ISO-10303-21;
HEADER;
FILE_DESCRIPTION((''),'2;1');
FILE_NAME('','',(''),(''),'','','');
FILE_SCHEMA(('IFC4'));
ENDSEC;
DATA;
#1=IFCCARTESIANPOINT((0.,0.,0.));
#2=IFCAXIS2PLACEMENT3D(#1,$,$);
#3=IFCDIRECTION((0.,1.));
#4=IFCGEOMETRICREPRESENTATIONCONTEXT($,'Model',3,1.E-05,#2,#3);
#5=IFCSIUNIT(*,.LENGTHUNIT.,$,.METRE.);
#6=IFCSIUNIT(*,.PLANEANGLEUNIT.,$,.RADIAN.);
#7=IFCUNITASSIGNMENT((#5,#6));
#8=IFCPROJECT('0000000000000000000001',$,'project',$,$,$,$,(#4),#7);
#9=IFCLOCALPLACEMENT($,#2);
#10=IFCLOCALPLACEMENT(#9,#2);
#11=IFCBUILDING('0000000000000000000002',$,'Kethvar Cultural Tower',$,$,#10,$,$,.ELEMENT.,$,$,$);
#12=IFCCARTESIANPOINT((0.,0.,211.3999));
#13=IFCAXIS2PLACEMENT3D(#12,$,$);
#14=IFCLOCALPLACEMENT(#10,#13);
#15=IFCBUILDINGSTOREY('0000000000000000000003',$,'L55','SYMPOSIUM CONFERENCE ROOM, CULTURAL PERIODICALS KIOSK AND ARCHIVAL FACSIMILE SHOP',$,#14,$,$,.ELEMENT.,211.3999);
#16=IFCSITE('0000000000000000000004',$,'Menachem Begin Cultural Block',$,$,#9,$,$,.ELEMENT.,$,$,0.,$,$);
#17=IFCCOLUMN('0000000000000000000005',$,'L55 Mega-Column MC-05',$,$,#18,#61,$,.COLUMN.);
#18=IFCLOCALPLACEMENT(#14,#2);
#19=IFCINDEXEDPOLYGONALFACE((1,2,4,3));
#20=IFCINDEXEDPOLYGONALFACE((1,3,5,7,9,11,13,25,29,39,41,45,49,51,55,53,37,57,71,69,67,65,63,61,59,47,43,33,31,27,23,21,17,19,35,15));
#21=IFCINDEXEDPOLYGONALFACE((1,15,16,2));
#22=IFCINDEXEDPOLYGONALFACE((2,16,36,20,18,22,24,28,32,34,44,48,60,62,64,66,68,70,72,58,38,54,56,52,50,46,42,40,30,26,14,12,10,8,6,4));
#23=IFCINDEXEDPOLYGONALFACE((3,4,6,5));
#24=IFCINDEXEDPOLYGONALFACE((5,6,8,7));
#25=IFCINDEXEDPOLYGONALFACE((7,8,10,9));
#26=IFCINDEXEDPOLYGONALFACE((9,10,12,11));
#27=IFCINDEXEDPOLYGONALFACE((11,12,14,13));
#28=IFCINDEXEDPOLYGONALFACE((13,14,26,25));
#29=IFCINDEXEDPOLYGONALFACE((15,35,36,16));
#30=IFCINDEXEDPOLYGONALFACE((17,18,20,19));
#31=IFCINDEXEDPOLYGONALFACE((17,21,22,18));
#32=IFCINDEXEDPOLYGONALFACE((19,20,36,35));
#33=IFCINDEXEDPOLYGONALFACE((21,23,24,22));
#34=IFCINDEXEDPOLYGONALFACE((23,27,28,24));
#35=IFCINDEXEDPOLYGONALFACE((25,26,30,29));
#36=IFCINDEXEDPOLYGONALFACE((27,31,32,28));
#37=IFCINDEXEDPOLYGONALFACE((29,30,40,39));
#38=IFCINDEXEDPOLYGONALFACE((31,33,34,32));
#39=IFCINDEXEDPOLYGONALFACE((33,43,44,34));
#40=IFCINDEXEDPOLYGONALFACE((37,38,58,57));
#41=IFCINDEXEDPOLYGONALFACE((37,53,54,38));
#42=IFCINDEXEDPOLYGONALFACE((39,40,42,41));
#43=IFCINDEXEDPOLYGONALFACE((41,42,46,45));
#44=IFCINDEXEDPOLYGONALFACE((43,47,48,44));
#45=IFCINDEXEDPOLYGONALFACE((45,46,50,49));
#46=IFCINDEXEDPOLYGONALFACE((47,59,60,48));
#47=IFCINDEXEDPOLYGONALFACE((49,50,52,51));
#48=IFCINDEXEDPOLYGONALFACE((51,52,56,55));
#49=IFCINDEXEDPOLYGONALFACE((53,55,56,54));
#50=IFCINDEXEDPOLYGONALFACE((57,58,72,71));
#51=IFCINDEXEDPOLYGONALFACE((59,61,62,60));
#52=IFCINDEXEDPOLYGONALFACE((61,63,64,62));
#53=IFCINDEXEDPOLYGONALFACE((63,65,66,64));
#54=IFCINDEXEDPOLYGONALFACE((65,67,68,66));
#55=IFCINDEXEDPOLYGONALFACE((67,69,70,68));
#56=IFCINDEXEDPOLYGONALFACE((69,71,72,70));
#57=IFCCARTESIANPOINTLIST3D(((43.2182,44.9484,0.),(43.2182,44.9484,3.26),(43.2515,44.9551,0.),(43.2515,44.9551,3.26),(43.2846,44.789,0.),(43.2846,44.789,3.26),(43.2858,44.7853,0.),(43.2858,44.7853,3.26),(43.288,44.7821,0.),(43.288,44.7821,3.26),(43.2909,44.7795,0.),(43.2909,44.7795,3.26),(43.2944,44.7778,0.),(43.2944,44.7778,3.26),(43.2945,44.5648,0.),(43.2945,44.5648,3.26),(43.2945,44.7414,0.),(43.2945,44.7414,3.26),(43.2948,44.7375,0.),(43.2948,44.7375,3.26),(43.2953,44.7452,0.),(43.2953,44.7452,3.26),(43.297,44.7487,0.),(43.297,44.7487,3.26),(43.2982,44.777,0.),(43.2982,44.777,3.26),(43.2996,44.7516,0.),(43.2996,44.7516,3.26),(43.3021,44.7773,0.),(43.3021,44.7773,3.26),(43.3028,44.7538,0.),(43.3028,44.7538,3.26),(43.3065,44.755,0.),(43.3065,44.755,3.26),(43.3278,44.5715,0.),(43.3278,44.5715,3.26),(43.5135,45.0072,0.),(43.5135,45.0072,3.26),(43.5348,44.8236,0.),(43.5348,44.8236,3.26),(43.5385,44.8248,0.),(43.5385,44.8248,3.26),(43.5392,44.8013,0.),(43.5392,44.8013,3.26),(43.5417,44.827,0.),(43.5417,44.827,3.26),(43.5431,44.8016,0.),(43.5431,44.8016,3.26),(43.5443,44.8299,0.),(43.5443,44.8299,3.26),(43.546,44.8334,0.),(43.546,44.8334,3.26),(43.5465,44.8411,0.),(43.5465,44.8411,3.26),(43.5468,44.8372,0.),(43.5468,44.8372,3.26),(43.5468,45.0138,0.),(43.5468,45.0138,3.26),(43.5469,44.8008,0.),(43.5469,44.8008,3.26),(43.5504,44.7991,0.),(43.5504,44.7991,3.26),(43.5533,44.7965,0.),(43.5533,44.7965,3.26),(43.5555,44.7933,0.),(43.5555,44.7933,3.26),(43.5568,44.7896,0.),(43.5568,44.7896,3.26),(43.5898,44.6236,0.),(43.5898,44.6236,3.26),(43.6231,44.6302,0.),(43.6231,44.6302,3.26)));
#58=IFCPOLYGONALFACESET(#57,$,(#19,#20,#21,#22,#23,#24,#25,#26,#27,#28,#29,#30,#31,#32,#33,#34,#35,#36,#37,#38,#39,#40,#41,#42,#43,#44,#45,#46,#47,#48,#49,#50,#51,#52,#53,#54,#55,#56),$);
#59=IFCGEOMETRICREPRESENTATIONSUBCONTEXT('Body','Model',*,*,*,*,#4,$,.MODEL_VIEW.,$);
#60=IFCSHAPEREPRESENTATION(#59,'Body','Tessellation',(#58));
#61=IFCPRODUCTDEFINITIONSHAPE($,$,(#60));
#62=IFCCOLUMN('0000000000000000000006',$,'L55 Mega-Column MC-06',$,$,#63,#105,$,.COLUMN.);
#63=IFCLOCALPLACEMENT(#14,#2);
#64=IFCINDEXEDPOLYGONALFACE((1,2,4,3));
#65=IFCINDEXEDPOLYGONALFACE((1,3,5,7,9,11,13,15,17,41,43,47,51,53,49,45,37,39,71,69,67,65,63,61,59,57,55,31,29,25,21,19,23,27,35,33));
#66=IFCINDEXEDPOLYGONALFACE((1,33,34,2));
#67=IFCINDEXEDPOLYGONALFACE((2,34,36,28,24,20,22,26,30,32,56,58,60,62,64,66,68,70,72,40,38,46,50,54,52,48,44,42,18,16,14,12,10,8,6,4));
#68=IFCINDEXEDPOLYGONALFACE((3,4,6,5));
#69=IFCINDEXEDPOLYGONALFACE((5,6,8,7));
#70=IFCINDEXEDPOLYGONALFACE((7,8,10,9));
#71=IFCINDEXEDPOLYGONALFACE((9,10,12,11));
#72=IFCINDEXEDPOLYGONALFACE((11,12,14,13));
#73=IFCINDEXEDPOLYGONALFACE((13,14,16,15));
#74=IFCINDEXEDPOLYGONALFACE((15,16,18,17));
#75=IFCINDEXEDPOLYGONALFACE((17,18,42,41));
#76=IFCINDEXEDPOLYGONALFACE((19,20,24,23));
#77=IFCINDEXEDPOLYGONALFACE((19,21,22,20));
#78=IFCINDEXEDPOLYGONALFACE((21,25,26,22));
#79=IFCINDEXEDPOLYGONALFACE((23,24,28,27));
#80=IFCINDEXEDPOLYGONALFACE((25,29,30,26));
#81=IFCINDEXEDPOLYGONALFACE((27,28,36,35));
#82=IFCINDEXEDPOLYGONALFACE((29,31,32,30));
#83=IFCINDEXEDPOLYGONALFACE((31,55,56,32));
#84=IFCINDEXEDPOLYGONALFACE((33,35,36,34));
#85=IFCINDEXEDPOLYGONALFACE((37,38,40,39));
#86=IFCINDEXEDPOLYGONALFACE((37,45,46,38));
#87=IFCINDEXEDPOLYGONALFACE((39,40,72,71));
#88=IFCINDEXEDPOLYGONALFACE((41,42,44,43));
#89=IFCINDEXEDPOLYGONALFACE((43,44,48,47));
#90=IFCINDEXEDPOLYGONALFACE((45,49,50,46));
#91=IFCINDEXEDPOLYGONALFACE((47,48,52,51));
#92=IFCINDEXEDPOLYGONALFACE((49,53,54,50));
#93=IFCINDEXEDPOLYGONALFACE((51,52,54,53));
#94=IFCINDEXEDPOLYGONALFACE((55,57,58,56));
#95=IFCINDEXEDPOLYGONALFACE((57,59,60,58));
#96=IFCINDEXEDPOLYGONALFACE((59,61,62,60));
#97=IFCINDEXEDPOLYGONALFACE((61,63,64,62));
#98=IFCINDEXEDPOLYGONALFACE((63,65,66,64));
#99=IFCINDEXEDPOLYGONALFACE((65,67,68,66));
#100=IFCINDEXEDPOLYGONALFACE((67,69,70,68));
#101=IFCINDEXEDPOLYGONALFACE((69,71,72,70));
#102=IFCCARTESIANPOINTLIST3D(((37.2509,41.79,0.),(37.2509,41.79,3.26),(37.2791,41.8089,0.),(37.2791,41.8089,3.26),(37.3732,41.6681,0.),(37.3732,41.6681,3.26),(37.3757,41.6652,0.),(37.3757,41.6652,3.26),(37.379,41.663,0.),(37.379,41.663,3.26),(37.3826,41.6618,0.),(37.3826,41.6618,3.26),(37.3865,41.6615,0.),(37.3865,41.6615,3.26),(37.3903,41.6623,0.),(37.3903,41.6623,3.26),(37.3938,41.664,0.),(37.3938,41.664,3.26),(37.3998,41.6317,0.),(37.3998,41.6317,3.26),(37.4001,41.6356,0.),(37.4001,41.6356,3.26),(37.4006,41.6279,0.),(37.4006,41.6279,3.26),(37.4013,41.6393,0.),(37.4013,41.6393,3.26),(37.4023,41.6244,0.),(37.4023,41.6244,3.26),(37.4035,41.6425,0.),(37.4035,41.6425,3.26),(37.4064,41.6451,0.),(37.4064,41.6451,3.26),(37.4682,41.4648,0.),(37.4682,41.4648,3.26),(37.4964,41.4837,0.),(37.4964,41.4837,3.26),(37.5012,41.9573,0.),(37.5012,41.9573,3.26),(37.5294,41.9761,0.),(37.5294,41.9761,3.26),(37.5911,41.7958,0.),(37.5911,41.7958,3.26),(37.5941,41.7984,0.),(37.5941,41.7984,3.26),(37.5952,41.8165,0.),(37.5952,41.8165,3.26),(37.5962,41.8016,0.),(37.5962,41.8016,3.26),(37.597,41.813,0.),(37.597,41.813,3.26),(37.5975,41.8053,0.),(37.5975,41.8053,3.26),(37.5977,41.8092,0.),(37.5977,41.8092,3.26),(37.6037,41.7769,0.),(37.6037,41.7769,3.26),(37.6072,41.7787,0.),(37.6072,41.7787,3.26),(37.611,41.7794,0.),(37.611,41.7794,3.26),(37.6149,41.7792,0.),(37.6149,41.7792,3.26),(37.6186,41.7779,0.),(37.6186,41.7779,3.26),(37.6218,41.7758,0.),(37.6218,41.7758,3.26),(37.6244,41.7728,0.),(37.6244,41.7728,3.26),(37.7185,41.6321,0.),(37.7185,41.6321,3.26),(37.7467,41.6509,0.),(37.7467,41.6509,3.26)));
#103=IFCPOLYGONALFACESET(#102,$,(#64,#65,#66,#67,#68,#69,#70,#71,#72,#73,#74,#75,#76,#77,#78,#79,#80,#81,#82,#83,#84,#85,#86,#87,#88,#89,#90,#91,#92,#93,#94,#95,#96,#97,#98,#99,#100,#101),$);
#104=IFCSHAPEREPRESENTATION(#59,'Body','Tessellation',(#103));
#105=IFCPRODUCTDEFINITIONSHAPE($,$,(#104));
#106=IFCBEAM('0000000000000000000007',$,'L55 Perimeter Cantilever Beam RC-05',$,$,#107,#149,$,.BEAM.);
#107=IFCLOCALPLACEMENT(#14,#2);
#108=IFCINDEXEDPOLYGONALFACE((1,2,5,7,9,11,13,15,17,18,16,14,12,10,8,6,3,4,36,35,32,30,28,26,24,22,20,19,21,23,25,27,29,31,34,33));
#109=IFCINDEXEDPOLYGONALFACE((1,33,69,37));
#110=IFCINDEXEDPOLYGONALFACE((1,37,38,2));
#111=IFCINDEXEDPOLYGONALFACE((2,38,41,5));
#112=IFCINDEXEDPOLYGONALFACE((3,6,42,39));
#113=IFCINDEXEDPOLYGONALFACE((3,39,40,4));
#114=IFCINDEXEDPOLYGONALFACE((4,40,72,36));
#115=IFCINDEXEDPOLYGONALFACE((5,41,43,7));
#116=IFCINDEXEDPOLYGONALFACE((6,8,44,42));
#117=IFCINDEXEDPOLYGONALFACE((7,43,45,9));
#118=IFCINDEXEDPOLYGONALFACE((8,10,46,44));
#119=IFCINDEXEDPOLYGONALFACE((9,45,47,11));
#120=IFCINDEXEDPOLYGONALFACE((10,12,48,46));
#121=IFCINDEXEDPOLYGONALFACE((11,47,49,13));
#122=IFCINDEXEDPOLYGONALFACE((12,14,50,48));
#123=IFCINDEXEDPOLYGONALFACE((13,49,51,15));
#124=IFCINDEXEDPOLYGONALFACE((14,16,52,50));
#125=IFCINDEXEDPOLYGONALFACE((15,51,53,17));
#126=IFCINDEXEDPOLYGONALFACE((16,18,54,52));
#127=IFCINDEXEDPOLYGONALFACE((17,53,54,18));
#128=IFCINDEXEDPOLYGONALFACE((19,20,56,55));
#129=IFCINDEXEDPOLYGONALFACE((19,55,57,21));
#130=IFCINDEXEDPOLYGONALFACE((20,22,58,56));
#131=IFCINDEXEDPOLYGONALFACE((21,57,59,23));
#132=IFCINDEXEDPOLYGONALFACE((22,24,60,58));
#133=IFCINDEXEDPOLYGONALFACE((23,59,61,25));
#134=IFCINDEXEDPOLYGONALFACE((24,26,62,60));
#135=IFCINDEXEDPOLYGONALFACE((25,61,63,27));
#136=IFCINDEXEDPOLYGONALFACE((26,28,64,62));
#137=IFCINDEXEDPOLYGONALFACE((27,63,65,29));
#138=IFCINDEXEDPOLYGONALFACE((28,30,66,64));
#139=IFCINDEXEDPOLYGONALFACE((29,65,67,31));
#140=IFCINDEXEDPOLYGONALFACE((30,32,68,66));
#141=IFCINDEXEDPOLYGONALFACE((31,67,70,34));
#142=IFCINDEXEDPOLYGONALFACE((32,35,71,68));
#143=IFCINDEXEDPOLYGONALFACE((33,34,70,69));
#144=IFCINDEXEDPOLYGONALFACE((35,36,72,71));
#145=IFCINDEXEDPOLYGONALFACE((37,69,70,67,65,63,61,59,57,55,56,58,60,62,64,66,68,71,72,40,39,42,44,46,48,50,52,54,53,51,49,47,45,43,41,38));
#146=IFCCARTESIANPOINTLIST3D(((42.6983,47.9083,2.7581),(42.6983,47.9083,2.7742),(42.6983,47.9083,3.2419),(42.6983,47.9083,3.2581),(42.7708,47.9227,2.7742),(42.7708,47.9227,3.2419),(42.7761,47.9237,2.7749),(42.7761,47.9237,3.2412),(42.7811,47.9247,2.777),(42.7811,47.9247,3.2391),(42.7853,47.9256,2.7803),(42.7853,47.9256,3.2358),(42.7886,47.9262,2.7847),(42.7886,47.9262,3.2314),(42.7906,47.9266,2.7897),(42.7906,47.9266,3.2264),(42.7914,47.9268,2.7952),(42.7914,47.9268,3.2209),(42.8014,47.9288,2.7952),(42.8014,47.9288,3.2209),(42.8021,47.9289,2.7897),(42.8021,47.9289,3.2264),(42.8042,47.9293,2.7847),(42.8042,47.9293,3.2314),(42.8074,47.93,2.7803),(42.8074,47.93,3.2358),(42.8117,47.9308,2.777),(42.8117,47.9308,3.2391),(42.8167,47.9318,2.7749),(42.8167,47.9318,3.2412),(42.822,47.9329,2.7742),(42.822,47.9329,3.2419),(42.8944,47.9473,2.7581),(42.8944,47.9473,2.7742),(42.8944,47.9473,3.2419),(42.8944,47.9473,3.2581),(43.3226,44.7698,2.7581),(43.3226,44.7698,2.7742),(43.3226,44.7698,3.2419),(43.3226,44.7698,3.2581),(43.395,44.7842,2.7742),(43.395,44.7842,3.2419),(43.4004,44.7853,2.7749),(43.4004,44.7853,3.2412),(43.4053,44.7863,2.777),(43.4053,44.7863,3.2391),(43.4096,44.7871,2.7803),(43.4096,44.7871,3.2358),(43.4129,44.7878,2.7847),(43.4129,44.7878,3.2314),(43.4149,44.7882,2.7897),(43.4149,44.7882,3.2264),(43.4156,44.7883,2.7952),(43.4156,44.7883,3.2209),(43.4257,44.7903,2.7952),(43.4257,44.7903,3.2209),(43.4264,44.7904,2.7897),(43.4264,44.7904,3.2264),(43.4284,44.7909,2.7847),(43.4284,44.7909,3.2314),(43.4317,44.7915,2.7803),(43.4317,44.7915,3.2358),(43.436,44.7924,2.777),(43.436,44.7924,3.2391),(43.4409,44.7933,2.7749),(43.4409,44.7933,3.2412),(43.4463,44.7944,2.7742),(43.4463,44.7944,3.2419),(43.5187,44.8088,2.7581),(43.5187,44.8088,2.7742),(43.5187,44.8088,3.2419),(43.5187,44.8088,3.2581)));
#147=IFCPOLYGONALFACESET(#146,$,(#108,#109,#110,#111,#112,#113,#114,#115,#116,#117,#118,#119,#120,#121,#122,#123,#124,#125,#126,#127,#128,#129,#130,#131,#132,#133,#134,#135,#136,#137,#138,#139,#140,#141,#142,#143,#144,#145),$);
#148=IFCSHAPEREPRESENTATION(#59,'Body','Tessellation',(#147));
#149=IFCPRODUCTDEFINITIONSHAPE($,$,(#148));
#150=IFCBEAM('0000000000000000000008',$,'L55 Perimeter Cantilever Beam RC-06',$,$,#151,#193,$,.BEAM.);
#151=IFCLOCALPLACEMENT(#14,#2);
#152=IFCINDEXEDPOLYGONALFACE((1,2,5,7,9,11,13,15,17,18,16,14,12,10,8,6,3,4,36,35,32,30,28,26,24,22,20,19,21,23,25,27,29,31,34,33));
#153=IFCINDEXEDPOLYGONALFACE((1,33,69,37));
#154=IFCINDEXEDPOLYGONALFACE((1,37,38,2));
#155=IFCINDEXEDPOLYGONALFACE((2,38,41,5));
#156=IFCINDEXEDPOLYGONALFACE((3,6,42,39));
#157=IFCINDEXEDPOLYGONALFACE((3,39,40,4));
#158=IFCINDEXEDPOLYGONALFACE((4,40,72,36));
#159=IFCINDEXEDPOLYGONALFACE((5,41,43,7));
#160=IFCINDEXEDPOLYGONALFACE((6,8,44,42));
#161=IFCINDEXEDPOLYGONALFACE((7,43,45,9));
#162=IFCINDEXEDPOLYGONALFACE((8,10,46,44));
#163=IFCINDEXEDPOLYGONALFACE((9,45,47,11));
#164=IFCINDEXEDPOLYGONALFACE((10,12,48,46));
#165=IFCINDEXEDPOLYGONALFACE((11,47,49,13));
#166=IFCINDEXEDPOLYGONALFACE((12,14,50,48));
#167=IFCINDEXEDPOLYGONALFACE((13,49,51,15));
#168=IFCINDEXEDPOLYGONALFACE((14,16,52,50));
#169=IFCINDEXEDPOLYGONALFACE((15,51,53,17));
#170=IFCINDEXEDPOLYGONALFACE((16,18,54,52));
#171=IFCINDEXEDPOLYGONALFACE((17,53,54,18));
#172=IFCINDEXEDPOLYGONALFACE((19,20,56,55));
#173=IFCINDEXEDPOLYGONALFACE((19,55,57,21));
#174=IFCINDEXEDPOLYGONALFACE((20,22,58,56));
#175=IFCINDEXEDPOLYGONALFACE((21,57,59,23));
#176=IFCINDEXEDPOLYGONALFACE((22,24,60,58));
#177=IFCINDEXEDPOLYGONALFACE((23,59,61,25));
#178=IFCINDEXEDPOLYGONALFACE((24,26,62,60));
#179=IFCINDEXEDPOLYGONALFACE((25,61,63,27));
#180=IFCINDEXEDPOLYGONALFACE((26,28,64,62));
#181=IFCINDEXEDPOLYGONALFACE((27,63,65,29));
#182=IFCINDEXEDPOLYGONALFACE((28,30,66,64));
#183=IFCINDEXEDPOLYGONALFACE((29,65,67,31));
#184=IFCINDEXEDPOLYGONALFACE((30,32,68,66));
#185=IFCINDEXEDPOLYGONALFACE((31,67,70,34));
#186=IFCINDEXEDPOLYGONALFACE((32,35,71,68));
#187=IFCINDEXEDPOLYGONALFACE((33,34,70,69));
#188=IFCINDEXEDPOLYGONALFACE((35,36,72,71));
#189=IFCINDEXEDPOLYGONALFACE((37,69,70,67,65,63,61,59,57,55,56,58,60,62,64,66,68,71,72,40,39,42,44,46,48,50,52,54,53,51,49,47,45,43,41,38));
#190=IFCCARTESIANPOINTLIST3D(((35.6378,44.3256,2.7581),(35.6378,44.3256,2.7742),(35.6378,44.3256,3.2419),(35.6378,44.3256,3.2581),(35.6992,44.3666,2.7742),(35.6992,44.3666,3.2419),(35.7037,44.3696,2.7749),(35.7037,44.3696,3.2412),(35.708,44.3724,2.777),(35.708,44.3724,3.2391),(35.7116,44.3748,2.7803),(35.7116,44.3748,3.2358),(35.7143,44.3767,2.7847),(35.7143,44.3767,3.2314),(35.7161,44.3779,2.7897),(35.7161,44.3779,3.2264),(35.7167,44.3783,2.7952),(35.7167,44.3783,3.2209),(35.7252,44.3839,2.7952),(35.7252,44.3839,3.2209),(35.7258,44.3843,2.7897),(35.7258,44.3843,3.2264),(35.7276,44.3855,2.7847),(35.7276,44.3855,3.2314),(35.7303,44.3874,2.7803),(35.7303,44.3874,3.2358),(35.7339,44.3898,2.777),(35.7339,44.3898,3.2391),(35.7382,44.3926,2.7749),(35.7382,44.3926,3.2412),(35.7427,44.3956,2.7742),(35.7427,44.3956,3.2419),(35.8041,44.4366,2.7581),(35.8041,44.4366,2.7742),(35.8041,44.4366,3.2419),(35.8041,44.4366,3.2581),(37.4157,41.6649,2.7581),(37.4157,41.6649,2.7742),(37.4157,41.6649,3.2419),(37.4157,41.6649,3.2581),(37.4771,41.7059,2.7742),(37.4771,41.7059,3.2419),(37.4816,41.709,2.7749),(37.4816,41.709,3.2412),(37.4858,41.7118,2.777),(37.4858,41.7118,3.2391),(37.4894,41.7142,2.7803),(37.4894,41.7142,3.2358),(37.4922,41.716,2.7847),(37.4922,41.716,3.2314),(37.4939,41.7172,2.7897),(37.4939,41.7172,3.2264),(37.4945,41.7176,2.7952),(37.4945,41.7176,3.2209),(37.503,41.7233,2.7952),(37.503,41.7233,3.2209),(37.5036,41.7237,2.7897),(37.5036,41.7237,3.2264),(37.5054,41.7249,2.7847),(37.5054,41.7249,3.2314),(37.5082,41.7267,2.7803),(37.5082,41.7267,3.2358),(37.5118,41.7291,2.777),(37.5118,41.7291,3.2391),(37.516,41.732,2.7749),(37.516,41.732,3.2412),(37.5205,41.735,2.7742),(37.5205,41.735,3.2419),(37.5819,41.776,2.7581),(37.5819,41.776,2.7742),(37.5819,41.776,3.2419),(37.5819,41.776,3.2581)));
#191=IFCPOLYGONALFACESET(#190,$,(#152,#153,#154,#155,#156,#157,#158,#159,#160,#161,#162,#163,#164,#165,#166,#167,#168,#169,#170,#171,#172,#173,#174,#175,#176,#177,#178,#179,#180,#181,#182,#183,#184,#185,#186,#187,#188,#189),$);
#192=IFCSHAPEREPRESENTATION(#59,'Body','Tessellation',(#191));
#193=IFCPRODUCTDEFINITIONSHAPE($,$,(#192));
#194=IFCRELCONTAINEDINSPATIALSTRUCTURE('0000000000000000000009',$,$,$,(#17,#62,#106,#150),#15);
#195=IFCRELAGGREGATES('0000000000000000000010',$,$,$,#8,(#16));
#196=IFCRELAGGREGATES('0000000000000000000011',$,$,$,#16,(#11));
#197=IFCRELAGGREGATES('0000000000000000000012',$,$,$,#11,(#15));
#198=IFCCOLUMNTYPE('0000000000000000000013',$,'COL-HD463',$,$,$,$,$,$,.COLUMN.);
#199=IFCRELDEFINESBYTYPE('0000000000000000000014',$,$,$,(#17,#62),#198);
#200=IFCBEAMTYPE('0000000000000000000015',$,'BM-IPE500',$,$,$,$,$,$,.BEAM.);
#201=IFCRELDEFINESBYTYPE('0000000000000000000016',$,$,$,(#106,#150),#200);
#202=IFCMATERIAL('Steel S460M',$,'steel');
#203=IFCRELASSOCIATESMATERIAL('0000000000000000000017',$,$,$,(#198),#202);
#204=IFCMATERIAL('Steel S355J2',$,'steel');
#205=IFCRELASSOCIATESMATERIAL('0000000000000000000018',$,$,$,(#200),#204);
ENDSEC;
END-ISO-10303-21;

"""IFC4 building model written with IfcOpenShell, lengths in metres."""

from ifc_helpers import new_model, si_unit, direction, frame, origin, origin_2d, place, context, subcontext, project, spatial, i_section, extrude, source, transform, mapped, material, material_profile, profile_set, type_object, element, save


model = new_model("IFC4")

# Units and contexts
model_context = context("Model", 3, precision=1e-05, world=origin(), true_north=direction((0.0, 1.0)))
body_context = subcontext(model_context, "Body", "Model", "MODEL_VIEW")
ifc_project = project(units=[si_unit("LENGTHUNIT", "METRE"), si_unit("PLANEANGLEUNIT", "RADIAN")], contexts=[model_context])

# Site, building, storey
site_placement = place(None, origin())
site = spatial("IfcSite", under=ifc_project, at=site_placement, Name="Menachem Begin Cultural Block", CompositionType="ELEMENT", RefElevation=0.0)
building_placement = place(site_placement, origin())
building = spatial("IfcBuilding", under=site, at=building_placement, Name="Kethvar Cultural Tower", CompositionType="ELEMENT")
storey_placement = place(building_placement, frame((0.0, 0.0, 211.3999)))
storey = spatial("IfcBuildingStorey", under=building, at=storey_placement, Name="L55", Description="SYMPOSIUM CONFERENCE ROOM, CULTURAL PERIODICALS KIOSK AND ARCHIVAL FACSIMILE SHOP", CompositionType="ELEMENT", Elevation=211.3999)

# Columns
ifc_material_1 = material(Name="Steel S460M", Category="steel")
ifc_material_profile_1 = material_profile(ifc_material_1, i_section(OverallWidth=0.3911, OverallDepth=0.335, WebThickness=0.0227, FlangeThickness=0.0339, FilletRadius=0.0149, at=origin_2d()), Name="Steel S460M — HD400x463")
ifc_profile_set_1 = profile_set([ifc_material_profile_1], Name="Steel S460M — HD400x463")
column_type = type_object("IfcColumnType", Name="COL-HD463", PredefinedType="COLUMN", material=ifc_profile_set_1)
shared_shape_1 = source(origin(), body_context, "Body", "SweptSolid", [
    extrude(i_section(OverallWidth=0.3911, OverallDepth=0.335, WebThickness=0.0227, FlangeThickness=0.0339, FilletRadius=0.0149, at=origin_2d()), origin(), (0.0, 0.0, 1.0), 3.26),
])
for number, where, z_axis, x_axis, name in (
    (1, (43.4207, 44.7893, 0.0), (0.0, 0.0, 1.0), (-0.19509, 0.980785, 0.0), "L55 Mega-Column MC-05"),
    (2, (37.4988, 41.7205, 0.0), (0.0, 0.0, 1.0), (-0.55557, 0.83147, 0.0), "L55 Mega-Column MC-06"),
):
    element("IfcColumn", number, at=place(storey_placement, frame(where, z_axis=z_axis, x_axis=x_axis)), inside=storey, type_object=column_type, Name=name, PredefinedType="COLUMN", context=body_context, shape_type="MappedRepresentation", body=[
        mapped(shared_shape_1, transform((0.0, 0.0, 0.0), scale=1.0)),
    ])

# Beams
ifc_material_2 = material(Name="Steel S355J2", Category="steel")
ifc_material_profile_2 = material_profile(ifc_material_2, i_section(OverallWidth=0.2, OverallDepth=0.5, WebThickness=0.0103, FlangeThickness=0.0161, FilletRadius=0.021, at=origin_2d()), Name="Steel S355J2 — IPE500")
ifc_profile_set_2 = profile_set([ifc_material_profile_2], Name="Steel S355J2 — IPE500")
beam_type_1 = type_object("IfcBeamType", Name="BM-IPE500", PredefinedType="BEAM", material=ifc_profile_set_2)
shared_shape_2 = source(origin(), body_context, "Body", "SweptSolid", [
    extrude(i_section(OverallWidth=0.2, OverallDepth=0.5, WebThickness=0.0103, FlangeThickness=0.0161, FilletRadius=0.021, at=origin_2d()), origin(), (0.0, 0.0, 1.0), 3.2),
])
for number, where, z_axis, x_axis, name in (
    (3, (43.4207, 44.7893, 3.0081), (-0.195089, 0.980786, 0.0), (-0.980786, -0.195089, 0.0), "L55 Perimeter Cantilever Beam RC-05"),
    (4, (37.4988, 41.7205, 3.0081), (-0.55558, 0.831463, 0.0), (-0.831463, -0.55558, 0.0), "L55 Perimeter Cantilever Beam RC-06"),
):
    element("IfcBeam", number, at=place(storey_placement, frame(where, z_axis=z_axis, x_axis=x_axis)), inside=storey, type_object=beam_type_1, Name=name, PredefinedType="BEAM", context=body_context, shape_type="MappedRepresentation", body=[
        mapped(shared_shape_2, transform((0.0, 0.0, 0.0), scale=1.0)),
    ])

save(model, "model.ifc")
